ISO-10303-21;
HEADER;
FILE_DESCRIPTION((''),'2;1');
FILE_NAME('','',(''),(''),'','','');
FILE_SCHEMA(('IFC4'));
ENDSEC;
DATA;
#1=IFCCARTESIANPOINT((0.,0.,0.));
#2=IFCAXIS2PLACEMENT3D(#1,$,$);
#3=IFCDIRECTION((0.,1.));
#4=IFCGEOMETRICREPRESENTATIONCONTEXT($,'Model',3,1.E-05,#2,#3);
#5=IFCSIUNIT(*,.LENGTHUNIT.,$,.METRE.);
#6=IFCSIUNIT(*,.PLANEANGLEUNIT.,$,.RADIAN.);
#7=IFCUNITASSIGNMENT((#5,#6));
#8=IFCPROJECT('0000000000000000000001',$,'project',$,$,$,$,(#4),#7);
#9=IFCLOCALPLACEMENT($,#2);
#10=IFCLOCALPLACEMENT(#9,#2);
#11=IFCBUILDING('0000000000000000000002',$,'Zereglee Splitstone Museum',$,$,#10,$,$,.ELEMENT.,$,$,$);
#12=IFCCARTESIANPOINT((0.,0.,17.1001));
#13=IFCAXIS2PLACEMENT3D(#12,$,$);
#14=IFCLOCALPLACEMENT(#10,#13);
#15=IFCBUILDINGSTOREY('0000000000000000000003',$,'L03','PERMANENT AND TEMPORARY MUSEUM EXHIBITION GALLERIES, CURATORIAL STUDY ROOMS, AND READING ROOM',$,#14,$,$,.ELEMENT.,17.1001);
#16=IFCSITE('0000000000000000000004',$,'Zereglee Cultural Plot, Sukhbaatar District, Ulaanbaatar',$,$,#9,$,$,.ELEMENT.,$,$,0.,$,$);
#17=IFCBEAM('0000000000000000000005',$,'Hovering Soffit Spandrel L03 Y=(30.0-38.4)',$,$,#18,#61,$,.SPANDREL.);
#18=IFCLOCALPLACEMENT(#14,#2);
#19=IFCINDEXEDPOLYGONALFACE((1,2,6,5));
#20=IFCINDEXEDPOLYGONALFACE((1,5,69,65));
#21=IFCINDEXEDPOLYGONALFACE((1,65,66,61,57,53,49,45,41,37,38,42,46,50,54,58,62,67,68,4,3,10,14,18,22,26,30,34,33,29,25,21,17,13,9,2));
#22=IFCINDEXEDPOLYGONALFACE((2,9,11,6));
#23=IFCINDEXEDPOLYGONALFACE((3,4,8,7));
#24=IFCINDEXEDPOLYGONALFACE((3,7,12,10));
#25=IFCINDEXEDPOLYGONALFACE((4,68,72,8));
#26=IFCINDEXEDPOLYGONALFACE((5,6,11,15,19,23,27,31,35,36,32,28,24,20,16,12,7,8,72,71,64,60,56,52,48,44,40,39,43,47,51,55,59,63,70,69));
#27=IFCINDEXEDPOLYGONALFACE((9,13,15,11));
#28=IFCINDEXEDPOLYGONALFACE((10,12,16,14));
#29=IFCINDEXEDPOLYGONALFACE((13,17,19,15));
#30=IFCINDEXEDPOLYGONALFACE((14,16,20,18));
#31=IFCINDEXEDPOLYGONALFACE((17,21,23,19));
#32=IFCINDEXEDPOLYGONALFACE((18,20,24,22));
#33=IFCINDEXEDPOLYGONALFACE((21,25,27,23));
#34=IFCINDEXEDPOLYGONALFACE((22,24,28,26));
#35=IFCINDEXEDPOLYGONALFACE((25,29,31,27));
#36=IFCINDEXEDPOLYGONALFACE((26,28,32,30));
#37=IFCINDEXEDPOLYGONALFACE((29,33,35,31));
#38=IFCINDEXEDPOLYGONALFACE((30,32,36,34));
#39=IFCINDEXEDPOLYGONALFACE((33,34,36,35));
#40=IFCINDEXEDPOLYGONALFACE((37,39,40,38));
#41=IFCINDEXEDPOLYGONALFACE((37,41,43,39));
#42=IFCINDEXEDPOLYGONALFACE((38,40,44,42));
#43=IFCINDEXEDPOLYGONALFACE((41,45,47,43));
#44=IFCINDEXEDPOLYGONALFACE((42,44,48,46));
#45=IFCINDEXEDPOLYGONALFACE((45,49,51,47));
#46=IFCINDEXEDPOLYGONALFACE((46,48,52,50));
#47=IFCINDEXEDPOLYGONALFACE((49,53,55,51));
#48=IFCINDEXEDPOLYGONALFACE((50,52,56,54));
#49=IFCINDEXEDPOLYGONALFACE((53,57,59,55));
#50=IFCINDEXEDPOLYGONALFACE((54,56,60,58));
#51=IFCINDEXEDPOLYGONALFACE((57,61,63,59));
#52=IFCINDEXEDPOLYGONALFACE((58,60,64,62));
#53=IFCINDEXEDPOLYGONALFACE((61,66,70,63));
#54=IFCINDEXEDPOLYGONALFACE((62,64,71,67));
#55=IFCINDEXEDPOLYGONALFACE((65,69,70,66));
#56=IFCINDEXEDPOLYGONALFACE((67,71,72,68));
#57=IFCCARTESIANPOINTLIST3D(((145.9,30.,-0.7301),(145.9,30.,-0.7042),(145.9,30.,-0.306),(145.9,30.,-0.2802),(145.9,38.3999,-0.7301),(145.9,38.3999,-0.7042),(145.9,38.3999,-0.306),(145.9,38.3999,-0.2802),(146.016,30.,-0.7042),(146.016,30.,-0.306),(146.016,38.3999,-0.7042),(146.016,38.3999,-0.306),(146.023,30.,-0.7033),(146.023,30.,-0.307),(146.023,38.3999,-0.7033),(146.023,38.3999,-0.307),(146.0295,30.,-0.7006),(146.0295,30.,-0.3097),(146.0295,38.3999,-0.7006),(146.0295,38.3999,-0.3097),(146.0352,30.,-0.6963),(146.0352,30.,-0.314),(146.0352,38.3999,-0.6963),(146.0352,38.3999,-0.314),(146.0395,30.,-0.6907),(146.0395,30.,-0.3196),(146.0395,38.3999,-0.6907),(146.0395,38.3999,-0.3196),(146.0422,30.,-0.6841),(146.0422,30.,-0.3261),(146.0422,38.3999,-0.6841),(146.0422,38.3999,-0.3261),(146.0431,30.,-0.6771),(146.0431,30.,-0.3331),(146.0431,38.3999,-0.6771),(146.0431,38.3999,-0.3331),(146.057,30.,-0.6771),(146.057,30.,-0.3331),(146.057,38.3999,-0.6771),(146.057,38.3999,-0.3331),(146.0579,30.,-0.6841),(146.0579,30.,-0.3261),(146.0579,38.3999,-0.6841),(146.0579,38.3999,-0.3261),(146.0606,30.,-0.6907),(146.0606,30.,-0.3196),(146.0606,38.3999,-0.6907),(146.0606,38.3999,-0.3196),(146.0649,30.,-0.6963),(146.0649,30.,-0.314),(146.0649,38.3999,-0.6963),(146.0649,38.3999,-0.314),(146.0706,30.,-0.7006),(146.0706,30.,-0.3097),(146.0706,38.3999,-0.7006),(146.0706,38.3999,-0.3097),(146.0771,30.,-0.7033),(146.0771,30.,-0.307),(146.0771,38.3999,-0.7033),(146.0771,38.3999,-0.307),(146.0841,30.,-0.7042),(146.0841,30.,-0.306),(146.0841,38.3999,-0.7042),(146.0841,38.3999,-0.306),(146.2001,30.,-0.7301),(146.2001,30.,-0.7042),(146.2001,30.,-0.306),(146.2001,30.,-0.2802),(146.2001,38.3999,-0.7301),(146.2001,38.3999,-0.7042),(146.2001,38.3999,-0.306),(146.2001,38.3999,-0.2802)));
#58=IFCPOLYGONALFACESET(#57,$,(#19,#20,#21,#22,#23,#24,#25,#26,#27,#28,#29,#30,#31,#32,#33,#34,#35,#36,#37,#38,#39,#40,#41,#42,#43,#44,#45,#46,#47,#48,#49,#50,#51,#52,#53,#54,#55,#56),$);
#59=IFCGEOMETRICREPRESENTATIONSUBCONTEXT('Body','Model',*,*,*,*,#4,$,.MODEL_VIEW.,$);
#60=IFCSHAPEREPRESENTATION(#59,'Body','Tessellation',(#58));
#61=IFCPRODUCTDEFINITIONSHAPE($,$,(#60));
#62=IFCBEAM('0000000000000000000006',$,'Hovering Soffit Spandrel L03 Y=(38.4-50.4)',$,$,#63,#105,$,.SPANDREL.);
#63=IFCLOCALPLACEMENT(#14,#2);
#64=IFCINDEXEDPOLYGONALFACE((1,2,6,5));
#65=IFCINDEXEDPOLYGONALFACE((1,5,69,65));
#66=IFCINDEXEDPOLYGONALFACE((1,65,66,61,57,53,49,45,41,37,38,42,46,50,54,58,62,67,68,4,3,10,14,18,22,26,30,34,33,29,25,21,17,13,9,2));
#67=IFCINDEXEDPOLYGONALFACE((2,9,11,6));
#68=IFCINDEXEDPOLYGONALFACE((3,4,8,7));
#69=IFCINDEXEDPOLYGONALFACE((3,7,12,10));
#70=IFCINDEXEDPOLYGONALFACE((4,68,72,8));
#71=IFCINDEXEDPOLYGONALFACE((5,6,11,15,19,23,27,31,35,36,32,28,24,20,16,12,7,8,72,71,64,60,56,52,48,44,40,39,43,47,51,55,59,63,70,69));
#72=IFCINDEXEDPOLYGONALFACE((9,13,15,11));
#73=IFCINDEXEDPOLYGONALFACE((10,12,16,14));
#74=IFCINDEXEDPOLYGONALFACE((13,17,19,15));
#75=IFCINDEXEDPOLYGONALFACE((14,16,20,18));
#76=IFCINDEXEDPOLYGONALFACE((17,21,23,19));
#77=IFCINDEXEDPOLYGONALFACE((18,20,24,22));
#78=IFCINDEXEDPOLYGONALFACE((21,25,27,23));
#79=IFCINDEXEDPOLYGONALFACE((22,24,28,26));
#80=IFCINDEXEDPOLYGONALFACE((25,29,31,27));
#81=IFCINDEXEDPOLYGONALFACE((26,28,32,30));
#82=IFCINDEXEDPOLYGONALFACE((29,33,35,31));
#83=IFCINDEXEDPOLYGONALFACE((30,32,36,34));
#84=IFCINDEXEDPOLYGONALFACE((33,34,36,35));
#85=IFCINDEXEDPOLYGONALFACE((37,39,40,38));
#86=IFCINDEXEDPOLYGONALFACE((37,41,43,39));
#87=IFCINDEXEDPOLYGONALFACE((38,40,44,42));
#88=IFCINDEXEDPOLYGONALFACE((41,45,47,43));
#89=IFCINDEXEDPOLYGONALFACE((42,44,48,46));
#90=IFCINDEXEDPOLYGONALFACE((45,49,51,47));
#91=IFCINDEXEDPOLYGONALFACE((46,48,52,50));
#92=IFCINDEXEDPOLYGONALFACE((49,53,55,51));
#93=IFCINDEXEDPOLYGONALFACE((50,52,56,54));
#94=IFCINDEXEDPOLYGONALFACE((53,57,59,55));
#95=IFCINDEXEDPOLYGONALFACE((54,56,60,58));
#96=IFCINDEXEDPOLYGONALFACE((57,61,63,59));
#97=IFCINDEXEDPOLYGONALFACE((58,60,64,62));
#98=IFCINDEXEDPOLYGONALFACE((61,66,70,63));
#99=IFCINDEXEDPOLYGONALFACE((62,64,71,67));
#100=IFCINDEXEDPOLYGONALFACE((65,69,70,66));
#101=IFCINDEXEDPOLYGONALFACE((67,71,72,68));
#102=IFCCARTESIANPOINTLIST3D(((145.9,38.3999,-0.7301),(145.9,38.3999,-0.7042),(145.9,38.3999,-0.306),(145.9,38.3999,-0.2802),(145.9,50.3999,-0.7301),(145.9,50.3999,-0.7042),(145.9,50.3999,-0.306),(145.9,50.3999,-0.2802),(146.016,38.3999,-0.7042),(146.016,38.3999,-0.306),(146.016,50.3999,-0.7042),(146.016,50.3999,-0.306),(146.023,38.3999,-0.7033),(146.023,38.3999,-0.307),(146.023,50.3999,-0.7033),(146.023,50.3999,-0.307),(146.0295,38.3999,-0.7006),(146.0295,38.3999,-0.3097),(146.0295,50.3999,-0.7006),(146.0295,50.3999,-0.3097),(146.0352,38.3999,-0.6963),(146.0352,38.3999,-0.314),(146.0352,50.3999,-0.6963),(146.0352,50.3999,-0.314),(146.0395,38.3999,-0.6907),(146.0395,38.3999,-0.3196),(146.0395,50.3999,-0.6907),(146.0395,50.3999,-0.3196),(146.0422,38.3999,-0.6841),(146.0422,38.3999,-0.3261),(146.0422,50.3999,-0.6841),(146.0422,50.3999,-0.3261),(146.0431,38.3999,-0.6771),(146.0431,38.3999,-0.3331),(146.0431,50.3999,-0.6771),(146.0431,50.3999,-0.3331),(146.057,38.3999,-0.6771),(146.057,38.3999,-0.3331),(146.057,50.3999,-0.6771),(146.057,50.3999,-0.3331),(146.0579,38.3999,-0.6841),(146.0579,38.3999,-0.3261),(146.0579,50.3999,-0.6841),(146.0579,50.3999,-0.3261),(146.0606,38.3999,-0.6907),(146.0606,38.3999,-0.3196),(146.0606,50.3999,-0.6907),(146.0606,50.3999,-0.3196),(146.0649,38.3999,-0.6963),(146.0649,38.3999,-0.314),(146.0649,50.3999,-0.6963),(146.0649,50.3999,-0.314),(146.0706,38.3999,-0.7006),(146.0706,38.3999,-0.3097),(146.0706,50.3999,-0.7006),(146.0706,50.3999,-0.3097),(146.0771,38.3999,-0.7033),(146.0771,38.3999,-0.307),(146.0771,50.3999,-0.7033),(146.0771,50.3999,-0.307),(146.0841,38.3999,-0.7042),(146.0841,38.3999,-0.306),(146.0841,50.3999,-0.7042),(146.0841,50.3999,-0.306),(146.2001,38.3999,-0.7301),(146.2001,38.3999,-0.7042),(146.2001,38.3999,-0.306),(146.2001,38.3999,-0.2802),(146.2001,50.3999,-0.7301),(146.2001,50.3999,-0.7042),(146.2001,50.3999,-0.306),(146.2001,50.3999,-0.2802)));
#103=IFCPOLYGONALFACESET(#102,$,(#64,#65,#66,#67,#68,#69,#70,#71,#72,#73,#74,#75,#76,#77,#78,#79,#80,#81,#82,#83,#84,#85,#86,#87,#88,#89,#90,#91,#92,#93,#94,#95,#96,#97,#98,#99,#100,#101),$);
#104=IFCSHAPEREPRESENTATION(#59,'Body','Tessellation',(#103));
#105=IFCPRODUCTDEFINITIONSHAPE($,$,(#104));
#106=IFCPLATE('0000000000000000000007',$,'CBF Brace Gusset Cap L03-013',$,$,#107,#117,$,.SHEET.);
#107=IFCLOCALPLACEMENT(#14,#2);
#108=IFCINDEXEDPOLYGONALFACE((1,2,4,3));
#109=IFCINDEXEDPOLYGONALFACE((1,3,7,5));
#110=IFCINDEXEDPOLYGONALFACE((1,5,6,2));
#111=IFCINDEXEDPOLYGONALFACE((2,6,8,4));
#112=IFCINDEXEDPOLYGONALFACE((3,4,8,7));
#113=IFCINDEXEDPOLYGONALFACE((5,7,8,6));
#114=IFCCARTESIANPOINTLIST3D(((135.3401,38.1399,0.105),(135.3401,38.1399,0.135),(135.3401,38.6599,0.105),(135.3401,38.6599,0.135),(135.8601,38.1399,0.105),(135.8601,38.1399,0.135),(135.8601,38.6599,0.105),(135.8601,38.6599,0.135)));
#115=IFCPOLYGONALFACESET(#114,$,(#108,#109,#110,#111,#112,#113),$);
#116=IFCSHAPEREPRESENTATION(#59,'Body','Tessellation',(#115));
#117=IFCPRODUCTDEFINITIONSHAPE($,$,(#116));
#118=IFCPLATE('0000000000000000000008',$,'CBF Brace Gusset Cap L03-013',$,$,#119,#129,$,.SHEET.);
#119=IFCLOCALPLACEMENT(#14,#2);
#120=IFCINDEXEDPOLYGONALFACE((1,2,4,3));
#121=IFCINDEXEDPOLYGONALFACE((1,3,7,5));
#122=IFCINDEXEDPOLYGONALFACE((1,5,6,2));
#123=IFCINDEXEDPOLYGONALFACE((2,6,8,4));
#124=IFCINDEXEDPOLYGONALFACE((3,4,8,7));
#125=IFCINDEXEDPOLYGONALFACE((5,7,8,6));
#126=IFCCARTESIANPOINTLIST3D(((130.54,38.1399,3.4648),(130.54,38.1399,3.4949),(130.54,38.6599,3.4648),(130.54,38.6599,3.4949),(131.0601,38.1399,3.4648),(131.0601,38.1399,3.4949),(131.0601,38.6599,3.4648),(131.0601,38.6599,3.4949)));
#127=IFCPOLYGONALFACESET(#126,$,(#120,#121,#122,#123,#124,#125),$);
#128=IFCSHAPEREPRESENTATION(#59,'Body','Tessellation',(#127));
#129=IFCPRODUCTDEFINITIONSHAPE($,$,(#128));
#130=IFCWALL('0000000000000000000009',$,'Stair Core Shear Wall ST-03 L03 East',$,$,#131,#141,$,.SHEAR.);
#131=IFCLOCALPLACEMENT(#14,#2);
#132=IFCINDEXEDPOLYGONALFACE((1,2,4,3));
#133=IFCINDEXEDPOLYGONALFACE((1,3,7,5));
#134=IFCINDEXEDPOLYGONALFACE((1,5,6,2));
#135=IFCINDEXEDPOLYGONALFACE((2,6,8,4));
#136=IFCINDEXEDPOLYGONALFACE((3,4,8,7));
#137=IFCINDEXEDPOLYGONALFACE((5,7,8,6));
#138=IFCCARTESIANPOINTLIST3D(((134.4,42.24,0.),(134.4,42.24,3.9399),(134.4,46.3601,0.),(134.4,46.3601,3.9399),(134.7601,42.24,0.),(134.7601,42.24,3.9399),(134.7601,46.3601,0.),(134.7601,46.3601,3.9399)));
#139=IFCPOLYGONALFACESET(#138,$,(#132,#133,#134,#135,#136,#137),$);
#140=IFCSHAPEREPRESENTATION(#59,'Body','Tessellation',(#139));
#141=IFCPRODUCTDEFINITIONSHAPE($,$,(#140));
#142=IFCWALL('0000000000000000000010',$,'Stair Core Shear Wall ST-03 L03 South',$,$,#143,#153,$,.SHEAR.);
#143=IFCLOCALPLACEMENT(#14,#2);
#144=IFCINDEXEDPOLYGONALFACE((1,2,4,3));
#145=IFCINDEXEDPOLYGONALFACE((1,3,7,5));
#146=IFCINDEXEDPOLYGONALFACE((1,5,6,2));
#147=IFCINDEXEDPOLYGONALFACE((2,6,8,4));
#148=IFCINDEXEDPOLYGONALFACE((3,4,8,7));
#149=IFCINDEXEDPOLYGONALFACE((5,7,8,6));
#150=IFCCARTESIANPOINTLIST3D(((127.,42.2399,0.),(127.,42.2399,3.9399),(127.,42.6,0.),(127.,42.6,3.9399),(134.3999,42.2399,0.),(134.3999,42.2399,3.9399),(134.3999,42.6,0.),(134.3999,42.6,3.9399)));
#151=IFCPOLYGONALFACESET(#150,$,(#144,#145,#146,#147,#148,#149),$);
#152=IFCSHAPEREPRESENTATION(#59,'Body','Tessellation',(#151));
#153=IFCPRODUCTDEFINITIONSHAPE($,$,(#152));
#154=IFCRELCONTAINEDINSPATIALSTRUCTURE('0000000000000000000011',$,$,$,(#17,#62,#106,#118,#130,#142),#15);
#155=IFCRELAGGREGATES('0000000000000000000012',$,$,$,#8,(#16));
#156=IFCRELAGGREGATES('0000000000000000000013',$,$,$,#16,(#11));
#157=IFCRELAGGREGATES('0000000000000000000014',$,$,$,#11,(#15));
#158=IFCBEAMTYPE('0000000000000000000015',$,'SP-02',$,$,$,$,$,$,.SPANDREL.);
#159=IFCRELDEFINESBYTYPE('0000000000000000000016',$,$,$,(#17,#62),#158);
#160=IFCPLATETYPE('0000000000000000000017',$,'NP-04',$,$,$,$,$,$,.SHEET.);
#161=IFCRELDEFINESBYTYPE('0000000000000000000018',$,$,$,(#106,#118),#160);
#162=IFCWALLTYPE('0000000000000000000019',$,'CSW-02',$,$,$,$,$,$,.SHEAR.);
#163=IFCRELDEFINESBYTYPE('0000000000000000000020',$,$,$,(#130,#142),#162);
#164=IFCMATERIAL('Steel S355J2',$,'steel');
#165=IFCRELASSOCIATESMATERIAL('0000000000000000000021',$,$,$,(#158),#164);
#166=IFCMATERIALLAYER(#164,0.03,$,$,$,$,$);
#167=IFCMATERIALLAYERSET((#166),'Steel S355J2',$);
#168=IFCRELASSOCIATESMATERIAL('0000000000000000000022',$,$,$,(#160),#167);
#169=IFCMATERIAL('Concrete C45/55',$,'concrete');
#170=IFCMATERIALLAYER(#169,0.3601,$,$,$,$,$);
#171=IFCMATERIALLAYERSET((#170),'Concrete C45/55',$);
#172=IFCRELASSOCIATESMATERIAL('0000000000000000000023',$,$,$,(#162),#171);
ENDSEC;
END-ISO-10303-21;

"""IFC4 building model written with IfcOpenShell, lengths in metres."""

from ifc_helpers import new_model, si_unit, direction, frame, frame_2d, origin, origin_2d, place, context, subcontext, project, spatial, rectangle, i_section, extrude, material, layer, layer_set, material_profile, profile_set, type_object, element, save


model = new_model("IFC4")

# Units and contexts
model_context = context("Model", 3, precision=1e-05, world=origin(), true_north=direction((0.0, 1.0)))
body_context = subcontext(model_context, "Body", "Model", "MODEL_VIEW")
ifc_project = project(units=[si_unit("LENGTHUNIT", "METRE"), si_unit("PLANEANGLEUNIT", "RADIAN")], contexts=[model_context])

# Site, building, storey
site_placement = place(None, origin())
site = spatial("IfcSite", under=ifc_project, at=site_placement, Name="Zereglee Cultural Plot, Sukhbaatar District, Ulaanbaatar", CompositionType="ELEMENT", RefElevation=0.0)
building_placement = place(site_placement, origin())
building = spatial("IfcBuilding", under=site, at=building_placement, Name="Zereglee Splitstone Museum", CompositionType="ELEMENT")
storey_placement = place(building_placement, frame((0.0, 0.0, 17.1001)))
storey = spatial("IfcBuildingStorey", under=building, at=storey_placement, Name="L03", Description="PERMANENT AND TEMPORARY MUSEUM EXHIBITION GALLERIES, CURATORIAL STUDY ROOMS, AND READING ROOM", CompositionType="ELEMENT", Elevation=17.1001)

# Shared definitions
ifc_material_1 = material(Name="Steel S355J2", Category="steel")

# Beams
ifc_material_profile_1 = material_profile(ifc_material_1, i_section(OverallWidth=0.3, OverallDepth=0.45, WebThickness=0.0139, FlangeThickness=0.0259, FilletRadius=0.0271, at=origin_2d()), Name="HE 450 B")
ifc_profile_set_1 = profile_set([ifc_material_profile_1], Name="Steel S355J2")
beam_type_1 = type_object("IfcBeamType", Name="SP-02", PredefinedType="SPANDREL", material=ifc_profile_set_1)
beam_1_placement = place(storey_placement, frame((146.05, 30.0, -0.5051), z_axis=(0.0, 1.0, 0.0), x_axis=(-1.0, 0.0, 0.0)))
element("IfcBeam", 1, at=beam_1_placement, inside=storey, type_object=beam_type_1, Name="Hovering Soffit Spandrel L03 Y=(30.0-38.4)", PredefinedType="SPANDREL", context=body_context, shape_type="SweptSolid", body=[
    extrude(i_section(OverallWidth=0.3, OverallDepth=0.45, WebThickness=0.0139, FlangeThickness=0.0259, FilletRadius=0.0271, at=origin_2d()), origin(), (0.0, 0.0, 1.0), 8.3999),
])
beam_2_placement = place(storey_placement, frame((146.05, 38.3999, -0.5051), z_axis=(0.0, 1.0, 0.0), x_axis=(-1.0, 0.0, 0.0)))
element("IfcBeam", 2, at=beam_2_placement, inside=storey, type_object=beam_type_1, Name="Hovering Soffit Spandrel L03 Y=(38.4-50.4)", PredefinedType="SPANDREL", context=body_context, shape_type="SweptSolid", body=[
    extrude(i_section(OverallWidth=0.3, OverallDepth=0.45, WebThickness=0.0139, FlangeThickness=0.0259, FilletRadius=0.0271, at=origin_2d()), origin(), (0.0, 0.0, 1.0), 12.0),
])

# Plates
ifc_layer_1 = layer(ifc_material_1, 0.03)
ifc_layer_set_1 = layer_set([ifc_layer_1], Name="Steel S355J2")
plate_type = type_object("IfcPlateType", Name="NP-04", PredefinedType="SHEET", material=ifc_layer_set_1)
for number, where, z_axis, x_axis, name in (
    (3, (135.6001, 38.3999, 0.105), (0.0, 0.0, 1.0), (1.0, 0.0, 0.0), "CBF Brace Gusset Cap L03-013"),
    (4, (130.8, 38.3999, 3.4648), (0.0, 0.0, 1.0), (1.0, 0.0, 0.0), "CBF Brace Gusset Cap L03-013"),
):
    element("IfcPlate", number, at=place(storey_placement, frame(where, z_axis=z_axis, x_axis=x_axis)), inside=storey, type_object=plate_type, Name=name, PredefinedType="SHEET", context=body_context, shape_type="SweptSolid", body=[
        extrude(rectangle(XDim=0.52, YDim=0.52, at=origin_2d()), origin(), (0.0, 0.0, 1.0), 0.03),
    ])

# Walls
ifc_material_2 = material(Name="Concrete C45/55", Category="concrete")
ifc_layer_2 = layer(ifc_material_2, 0.3601)
ifc_layer_set_2 = layer_set([ifc_layer_2], Name="Concrete C45/55")
wall_type_1 = type_object("IfcWallType", Name="CSW-02", PredefinedType="SHEAR", material=ifc_layer_set_2)
wall_1_placement = place(storey_placement, frame((134.5801, 42.24, 0.0), z_axis=(0.0, 0.0, 1.0), x_axis=(0.0, 1.0, 0.0)))
element("IfcWall", 5, at=wall_1_placement, inside=storey, type_object=wall_type_1, Name="Stair Core Shear Wall ST-03 L03 East", PredefinedType="SHEAR", context=body_context, shape_type="SweptSolid", body=[
    extrude(rectangle(XDim=4.1201, YDim=0.3601, at=frame_2d((2.0601, 0.0))), origin(), (0.0, 0.0, 1.0), 3.9399),
])
wall_2_placement = place(storey_placement, frame((127.0, 42.4199, 0.0), z_axis=(0.0, 0.0, 1.0), x_axis=(1.0, 0.0, 0.0)))
element("IfcWall", 6, at=wall_2_placement, inside=storey, type_object=wall_type_1, Name="Stair Core Shear Wall ST-03 L03 South", PredefinedType="SHEAR", context=body_context, shape_type="SweptSolid", body=[
    extrude(rectangle(XDim=7.3999, YDim=0.3601, at=frame_2d((3.7, 0.0))), origin(), (0.0, 0.0, 1.0), 3.9399),
])

save(model, "model.ifc")
